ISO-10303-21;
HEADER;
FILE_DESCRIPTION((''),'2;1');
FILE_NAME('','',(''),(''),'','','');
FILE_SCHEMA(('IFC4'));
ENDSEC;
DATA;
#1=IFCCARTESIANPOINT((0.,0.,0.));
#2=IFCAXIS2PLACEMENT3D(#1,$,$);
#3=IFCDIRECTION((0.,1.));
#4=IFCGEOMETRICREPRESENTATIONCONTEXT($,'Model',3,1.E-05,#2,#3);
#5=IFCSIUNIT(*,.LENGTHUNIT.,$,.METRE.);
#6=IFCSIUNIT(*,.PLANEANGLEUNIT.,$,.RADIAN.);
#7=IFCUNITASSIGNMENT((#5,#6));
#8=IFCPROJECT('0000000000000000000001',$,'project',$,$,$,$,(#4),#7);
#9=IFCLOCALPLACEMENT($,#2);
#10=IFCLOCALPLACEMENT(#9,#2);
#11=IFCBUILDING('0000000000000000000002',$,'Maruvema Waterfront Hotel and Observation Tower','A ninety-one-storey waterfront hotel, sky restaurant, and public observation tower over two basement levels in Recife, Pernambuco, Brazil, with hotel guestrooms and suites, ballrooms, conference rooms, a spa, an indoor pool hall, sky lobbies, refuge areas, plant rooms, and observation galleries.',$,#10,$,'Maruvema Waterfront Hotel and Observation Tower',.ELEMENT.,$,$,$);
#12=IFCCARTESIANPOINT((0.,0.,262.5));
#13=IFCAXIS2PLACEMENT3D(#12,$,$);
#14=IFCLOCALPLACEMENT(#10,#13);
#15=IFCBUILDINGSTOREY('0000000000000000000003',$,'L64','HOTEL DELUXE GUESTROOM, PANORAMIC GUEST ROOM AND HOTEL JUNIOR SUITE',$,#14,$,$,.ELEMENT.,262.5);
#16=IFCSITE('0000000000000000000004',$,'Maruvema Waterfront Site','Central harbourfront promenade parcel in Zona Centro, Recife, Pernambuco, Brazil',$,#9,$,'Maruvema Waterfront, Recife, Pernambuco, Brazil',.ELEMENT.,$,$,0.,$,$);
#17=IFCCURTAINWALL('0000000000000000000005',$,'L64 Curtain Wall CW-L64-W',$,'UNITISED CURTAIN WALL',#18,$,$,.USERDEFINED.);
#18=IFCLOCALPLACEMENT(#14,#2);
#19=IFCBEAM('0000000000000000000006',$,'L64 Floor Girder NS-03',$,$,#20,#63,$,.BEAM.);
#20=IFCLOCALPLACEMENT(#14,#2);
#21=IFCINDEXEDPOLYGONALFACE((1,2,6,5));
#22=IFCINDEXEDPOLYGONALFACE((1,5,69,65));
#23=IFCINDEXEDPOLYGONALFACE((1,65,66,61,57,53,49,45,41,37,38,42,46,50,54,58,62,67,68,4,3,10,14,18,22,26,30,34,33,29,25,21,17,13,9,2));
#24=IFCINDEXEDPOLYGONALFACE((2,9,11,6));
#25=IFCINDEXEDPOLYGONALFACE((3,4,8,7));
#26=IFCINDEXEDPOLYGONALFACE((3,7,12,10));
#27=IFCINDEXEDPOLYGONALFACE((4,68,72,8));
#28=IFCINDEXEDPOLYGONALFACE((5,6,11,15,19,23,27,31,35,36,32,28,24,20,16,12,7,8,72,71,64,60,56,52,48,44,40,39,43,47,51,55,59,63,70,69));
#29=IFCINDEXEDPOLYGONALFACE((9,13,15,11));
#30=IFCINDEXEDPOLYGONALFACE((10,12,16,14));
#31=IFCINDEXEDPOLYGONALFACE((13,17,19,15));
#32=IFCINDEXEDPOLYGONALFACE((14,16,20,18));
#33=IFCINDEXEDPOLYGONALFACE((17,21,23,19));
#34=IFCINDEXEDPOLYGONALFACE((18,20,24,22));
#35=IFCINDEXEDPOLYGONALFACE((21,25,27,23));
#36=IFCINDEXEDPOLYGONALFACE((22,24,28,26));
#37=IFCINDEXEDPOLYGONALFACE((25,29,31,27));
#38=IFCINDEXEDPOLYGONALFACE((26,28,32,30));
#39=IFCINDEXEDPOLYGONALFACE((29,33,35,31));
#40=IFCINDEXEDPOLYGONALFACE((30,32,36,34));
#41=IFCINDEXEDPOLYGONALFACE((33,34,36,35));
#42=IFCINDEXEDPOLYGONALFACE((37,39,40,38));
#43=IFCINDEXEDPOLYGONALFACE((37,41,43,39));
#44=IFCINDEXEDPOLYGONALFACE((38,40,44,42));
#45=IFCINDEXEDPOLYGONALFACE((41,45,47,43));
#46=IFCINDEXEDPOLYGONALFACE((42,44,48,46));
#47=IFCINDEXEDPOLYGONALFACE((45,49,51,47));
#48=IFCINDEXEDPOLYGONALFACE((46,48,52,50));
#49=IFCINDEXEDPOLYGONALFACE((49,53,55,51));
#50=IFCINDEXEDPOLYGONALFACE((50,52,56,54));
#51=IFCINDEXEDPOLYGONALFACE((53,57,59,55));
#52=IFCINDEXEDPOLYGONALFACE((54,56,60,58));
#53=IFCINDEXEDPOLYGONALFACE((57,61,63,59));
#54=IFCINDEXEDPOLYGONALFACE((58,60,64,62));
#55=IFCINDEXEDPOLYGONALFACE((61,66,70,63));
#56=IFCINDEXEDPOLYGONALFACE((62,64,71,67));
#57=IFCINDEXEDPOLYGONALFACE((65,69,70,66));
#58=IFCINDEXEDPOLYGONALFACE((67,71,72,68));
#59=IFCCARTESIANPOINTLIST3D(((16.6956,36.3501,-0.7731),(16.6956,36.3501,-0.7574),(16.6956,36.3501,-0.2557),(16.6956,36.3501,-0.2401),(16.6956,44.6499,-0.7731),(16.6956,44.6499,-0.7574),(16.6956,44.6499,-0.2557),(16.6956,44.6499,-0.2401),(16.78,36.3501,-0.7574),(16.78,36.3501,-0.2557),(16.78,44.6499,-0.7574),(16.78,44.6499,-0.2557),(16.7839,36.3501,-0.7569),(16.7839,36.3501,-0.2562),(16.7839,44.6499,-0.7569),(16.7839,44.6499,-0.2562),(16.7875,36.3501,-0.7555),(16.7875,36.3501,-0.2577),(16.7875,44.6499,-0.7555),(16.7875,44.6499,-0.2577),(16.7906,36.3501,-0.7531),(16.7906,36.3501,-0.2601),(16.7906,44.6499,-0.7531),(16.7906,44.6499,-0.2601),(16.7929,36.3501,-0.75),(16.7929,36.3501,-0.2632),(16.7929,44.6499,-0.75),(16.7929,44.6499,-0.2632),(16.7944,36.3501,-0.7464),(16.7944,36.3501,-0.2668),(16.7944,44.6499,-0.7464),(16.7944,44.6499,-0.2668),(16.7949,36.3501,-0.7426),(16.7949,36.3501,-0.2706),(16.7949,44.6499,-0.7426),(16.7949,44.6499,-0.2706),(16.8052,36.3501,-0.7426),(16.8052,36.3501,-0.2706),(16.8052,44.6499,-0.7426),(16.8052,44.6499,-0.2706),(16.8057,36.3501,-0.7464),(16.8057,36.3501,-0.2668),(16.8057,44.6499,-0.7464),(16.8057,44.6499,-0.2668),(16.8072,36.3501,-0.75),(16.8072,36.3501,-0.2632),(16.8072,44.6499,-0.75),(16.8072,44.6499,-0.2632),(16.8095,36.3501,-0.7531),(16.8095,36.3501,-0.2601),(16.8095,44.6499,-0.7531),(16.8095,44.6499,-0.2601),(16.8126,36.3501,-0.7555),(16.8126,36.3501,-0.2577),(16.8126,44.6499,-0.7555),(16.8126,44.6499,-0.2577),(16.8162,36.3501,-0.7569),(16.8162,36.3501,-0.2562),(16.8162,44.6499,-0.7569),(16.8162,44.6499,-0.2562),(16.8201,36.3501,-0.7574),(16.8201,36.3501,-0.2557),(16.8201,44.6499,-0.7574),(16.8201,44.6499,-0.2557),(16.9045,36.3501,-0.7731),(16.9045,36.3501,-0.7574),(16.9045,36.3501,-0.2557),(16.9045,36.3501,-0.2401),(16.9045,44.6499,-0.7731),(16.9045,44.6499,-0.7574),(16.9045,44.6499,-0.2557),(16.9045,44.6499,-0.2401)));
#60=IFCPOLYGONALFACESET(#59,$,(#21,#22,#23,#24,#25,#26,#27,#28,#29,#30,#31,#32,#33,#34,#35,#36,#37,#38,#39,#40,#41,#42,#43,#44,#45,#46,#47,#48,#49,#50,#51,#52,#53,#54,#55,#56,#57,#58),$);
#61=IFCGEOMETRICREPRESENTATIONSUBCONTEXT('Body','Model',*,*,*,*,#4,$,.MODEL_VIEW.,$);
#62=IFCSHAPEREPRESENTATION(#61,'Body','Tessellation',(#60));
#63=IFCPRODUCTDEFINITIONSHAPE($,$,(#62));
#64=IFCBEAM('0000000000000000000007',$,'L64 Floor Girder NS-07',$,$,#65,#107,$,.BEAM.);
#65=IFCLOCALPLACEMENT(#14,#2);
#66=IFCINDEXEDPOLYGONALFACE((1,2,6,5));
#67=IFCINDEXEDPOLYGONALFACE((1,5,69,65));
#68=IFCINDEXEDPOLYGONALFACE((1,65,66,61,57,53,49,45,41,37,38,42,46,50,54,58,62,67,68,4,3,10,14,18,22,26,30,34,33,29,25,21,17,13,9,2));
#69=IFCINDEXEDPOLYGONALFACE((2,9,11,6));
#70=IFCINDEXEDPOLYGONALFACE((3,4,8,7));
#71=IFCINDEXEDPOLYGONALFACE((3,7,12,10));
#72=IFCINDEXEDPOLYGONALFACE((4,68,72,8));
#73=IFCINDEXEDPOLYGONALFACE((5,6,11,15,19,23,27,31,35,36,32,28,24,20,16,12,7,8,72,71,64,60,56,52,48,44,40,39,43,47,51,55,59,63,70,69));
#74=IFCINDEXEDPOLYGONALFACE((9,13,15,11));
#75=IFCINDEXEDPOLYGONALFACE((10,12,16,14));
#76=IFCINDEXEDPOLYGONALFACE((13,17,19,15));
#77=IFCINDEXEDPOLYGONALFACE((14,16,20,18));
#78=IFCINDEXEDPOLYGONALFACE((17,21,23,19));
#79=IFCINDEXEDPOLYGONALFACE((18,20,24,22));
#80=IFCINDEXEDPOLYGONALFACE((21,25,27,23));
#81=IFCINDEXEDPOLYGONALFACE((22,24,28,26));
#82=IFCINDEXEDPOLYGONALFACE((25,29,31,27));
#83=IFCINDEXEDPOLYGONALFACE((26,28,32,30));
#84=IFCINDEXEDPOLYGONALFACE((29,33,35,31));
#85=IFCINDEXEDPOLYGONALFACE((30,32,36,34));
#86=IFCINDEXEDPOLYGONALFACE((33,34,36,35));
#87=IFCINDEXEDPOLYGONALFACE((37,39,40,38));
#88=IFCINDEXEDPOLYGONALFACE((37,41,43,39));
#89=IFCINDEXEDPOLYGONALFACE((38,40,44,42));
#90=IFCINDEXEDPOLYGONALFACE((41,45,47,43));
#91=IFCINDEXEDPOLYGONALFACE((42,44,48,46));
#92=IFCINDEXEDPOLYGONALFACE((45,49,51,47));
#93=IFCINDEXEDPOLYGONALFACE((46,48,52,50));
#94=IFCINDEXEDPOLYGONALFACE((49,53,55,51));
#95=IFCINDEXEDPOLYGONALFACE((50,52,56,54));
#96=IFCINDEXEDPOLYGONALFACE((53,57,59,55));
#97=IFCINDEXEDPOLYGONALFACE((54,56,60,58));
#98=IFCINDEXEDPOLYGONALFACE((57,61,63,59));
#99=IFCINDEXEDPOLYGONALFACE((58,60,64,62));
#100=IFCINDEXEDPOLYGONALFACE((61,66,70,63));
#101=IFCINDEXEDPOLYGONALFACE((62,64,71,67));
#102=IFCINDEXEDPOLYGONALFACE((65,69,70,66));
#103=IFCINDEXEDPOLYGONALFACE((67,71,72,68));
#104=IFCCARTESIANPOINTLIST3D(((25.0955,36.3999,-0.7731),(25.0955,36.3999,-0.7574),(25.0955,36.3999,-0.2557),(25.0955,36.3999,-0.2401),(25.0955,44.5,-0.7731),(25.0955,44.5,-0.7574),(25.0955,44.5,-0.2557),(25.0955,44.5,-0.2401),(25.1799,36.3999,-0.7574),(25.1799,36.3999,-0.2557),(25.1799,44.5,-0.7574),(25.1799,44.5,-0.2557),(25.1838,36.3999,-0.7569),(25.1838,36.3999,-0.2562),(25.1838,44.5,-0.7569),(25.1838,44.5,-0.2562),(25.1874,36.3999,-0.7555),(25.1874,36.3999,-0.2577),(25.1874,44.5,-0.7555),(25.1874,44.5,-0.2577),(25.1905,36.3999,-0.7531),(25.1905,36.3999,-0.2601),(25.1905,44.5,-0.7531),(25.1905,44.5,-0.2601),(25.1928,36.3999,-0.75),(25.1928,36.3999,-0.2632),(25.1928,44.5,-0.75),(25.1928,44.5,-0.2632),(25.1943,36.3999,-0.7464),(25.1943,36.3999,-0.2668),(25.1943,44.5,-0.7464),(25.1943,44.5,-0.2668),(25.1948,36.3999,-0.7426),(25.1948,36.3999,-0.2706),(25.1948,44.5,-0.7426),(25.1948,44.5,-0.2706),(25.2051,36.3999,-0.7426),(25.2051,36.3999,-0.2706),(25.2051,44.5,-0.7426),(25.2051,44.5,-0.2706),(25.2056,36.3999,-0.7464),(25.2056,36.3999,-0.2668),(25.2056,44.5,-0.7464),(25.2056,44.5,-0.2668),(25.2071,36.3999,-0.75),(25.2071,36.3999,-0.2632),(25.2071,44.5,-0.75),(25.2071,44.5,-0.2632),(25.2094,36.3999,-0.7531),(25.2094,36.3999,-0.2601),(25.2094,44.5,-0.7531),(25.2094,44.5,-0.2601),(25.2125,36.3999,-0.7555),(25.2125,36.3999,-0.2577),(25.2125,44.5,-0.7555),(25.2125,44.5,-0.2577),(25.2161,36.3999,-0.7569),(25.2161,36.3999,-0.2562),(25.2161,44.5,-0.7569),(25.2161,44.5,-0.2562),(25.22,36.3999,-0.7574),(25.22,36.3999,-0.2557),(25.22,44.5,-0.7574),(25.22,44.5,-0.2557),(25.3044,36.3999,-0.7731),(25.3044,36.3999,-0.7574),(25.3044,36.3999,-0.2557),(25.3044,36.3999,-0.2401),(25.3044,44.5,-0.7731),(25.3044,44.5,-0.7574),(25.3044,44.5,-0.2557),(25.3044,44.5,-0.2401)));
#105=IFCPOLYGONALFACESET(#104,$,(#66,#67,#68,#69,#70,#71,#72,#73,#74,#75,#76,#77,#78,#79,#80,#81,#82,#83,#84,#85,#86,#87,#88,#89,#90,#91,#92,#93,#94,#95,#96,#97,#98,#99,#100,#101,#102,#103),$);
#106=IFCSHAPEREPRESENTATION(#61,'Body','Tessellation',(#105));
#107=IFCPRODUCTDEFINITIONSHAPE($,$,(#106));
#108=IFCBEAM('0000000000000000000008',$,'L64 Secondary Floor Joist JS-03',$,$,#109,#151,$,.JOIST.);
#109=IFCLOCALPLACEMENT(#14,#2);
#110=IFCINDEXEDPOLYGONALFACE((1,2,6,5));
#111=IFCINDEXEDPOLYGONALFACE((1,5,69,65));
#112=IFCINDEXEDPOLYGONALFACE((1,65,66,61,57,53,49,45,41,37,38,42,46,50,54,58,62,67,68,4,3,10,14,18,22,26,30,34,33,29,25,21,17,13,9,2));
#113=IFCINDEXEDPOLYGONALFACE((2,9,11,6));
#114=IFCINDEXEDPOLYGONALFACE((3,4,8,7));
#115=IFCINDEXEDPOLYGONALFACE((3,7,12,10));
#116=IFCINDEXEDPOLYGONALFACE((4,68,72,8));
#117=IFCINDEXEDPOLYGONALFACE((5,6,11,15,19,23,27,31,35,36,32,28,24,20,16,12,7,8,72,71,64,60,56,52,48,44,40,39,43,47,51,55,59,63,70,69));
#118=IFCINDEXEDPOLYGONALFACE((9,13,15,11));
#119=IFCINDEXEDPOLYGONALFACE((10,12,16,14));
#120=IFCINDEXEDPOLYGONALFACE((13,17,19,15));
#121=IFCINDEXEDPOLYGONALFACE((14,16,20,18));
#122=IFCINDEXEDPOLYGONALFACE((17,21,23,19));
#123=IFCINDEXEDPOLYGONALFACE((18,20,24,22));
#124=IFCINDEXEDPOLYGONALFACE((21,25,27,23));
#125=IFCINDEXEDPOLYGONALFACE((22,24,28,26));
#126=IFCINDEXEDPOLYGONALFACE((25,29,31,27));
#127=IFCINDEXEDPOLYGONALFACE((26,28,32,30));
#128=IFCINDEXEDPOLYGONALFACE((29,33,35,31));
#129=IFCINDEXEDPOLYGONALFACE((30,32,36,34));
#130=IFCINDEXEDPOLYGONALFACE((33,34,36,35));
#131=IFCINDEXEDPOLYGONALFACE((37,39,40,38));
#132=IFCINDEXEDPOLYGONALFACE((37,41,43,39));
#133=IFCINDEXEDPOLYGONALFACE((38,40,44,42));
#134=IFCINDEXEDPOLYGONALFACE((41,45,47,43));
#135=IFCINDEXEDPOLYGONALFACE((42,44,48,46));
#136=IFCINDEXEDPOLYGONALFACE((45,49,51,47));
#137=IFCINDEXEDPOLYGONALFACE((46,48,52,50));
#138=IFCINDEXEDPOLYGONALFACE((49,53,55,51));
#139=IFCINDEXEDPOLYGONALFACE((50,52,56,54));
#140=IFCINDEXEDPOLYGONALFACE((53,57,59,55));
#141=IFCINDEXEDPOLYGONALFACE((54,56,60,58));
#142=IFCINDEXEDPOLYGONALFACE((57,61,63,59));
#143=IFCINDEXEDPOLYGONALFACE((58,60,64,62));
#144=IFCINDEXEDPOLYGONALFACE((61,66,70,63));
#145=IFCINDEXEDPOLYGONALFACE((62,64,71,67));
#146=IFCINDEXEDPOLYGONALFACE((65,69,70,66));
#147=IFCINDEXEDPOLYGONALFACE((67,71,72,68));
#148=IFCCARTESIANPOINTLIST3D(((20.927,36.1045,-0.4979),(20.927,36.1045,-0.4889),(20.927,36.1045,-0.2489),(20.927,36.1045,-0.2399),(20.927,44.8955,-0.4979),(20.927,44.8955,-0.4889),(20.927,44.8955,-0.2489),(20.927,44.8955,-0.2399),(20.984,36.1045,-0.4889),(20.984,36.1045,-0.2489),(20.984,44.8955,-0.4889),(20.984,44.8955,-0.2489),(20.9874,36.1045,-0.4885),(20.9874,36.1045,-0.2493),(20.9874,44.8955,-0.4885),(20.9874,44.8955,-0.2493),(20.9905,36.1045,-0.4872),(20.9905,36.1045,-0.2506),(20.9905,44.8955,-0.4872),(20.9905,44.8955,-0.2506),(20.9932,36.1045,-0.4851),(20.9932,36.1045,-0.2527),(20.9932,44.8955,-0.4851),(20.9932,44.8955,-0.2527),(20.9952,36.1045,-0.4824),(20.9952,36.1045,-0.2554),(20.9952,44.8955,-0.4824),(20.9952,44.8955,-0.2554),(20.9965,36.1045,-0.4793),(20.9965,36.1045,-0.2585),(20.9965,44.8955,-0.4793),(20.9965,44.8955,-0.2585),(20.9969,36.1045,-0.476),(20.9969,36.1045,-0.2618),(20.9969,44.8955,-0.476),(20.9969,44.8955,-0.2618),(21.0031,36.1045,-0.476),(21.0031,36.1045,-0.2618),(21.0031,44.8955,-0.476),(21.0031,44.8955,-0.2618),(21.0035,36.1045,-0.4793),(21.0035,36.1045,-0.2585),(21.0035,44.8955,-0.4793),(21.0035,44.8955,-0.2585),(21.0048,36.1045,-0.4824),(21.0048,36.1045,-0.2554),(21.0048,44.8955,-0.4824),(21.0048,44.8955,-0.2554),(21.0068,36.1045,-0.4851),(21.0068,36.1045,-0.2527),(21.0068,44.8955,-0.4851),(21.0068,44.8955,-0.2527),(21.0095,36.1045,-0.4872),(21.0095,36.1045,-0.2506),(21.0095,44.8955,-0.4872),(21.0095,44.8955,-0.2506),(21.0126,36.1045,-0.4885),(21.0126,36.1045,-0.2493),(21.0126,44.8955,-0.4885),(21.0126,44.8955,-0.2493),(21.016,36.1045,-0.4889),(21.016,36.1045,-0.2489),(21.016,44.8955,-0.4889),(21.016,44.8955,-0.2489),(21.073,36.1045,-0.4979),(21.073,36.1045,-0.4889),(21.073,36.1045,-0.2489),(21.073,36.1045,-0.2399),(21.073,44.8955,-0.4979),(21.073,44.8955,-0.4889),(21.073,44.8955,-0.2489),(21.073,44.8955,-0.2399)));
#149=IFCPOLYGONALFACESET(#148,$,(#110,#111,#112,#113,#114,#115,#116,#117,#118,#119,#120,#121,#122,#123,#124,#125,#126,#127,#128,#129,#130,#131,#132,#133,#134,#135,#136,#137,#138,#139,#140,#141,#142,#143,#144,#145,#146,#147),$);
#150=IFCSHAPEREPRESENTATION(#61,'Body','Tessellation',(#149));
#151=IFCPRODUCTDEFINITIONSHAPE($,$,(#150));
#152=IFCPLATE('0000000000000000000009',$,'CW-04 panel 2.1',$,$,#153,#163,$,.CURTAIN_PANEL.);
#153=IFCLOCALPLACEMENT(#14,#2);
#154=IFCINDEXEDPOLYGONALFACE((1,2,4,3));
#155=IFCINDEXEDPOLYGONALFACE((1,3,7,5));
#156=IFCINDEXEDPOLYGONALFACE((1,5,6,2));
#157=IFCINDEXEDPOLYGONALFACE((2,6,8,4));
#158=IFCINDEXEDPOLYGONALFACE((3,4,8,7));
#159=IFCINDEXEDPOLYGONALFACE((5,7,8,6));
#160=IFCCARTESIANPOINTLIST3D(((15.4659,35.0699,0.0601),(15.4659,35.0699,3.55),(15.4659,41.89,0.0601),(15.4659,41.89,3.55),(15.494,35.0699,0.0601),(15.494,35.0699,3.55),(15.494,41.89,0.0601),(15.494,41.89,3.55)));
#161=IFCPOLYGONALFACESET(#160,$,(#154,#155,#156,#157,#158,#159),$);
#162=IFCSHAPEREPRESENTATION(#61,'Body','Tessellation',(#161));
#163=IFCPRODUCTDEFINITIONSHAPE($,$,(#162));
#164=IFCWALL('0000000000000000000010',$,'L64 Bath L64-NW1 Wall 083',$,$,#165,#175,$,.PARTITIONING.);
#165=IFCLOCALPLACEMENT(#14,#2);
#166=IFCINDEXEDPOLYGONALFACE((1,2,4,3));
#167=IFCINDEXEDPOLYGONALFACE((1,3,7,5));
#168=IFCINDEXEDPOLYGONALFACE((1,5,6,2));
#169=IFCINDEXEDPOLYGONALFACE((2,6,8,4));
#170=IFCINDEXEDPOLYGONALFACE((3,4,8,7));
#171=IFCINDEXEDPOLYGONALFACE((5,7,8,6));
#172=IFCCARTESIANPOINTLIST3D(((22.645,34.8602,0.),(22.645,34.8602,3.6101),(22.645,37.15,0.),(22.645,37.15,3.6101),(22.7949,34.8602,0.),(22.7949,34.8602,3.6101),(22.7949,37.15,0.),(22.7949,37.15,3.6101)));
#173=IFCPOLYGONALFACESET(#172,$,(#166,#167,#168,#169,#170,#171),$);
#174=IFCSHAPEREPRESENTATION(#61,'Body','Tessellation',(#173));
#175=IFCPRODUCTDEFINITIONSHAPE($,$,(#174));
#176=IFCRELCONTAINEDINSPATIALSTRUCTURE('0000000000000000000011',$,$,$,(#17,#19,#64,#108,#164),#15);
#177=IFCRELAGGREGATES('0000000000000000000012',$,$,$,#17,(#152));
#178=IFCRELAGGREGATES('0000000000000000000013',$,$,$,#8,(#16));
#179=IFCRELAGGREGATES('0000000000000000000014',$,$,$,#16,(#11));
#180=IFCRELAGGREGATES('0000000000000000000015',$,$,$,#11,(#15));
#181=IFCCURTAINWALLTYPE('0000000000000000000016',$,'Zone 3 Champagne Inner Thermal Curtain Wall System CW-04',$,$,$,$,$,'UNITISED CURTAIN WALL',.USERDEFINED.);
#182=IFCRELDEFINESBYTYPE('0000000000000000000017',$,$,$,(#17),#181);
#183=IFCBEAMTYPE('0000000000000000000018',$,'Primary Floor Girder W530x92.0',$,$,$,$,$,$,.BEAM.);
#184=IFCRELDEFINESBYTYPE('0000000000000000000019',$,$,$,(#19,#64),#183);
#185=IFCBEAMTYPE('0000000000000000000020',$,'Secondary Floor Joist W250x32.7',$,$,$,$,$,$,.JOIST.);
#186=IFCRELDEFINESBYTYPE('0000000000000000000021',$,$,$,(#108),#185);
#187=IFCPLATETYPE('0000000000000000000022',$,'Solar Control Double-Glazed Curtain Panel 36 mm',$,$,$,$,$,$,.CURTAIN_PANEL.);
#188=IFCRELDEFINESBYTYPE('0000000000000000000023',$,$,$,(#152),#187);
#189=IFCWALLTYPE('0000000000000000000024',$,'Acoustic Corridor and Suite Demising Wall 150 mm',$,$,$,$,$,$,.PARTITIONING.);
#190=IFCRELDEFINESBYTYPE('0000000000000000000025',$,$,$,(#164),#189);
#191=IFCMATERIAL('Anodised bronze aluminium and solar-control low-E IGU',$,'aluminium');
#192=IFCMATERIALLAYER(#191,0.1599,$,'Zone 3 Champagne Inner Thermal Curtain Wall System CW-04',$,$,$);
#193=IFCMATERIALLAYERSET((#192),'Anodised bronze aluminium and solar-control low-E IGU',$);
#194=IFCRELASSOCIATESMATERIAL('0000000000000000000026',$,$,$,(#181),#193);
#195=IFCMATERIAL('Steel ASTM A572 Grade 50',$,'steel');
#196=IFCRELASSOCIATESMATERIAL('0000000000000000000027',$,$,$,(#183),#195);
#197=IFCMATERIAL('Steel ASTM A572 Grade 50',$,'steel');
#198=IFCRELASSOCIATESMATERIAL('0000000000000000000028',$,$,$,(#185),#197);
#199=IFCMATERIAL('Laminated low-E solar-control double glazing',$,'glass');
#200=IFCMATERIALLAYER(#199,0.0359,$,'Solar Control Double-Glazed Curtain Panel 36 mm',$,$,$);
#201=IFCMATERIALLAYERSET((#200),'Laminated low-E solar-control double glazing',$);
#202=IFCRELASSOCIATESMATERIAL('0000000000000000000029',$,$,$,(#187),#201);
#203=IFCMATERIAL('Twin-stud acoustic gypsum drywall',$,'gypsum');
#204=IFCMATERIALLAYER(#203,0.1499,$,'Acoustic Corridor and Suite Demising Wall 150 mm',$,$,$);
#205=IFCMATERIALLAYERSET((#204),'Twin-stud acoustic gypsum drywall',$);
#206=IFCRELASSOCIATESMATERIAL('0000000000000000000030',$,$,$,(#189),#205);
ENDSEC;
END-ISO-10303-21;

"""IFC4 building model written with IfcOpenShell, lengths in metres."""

from ifc_helpers import new_model, si_unit, direction, frame, frame_2d, origin, origin_2d, place, context, subcontext, project, spatial, rectangle, i_section, extrude, material, layer, layer_set, material_profile, profile_set, type_object, element, aggregate, save


model = new_model("IFC4")

# Units and contexts
model_context = context("Model", 3, precision=1e-05, world=origin(), true_north=direction((0.0, 1.0)))
body_context = subcontext(model_context, "Body", "Model", "MODEL_VIEW")
ifc_project = project(units=[si_unit("LENGTHUNIT", "METRE"), si_unit("PLANEANGLEUNIT", "RADIAN")], contexts=[model_context])

# Site, building, storey
site_placement = place(None, origin())
site = spatial("IfcSite", under=ifc_project, at=site_placement, Name="Maruvema Waterfront Site", Description="Central harbourfront promenade parcel in Zona Centro, Recife, Pernambuco, Brazil", LongName="Maruvema Waterfront, Recife, Pernambuco, Brazil", CompositionType="ELEMENT", RefElevation=0.0)
building_placement = place(site_placement, origin())
building = spatial("IfcBuilding", under=site, at=building_placement, Name="Maruvema Waterfront Hotel and Observation Tower", Description="A ninety-one-storey waterfront hotel, sky restaurant, and public observation tower over two basement levels in Recife, Pernambuco, Brazil, with hotel guestrooms and suites, ballrooms, conference rooms, a spa, an indoor pool hall, sky lobbies, refuge areas, plant rooms, and observation galleries.", LongName="Maruvema Waterfront Hotel and Observation Tower", CompositionType="ELEMENT")
storey_placement = place(building_placement, frame((0.0, 0.0, 262.5)))
storey = spatial("IfcBuildingStorey", under=building, at=storey_placement, Name="L64", Description="HOTEL DELUXE GUESTROOM, PANORAMIC GUEST ROOM AND HOTEL JUNIOR SUITE", CompositionType="ELEMENT", Elevation=262.5)

# Curtain wall
ifc_material_1 = material(Name="Anodised bronze aluminium and solar-control low-E IGU", Category="aluminium")
ifc_layer_1 = layer(ifc_material_1, 0.1599, Name="Zone 3 Champagne Inner Thermal Curtain Wall System CW-04")
ifc_layer_set_1 = layer_set([ifc_layer_1], Name="Anodised bronze aluminium and solar-control low-E IGU")
curtain_wall_type = type_object("IfcCurtainWallType", Name="Zone 3 Champagne Inner Thermal Curtain Wall System CW-04", ElementType="UNITISED CURTAIN WALL", PredefinedType="USERDEFINED", material=ifc_layer_set_1)
curtain_wall_placement = place(storey_placement, origin())
curtain_wall = element("IfcCurtainWall", 1, at=curtain_wall_placement, inside=storey, type_object=curtain_wall_type, Name="L64 Curtain Wall CW-L64-W", ObjectType="UNITISED CURTAIN WALL", PredefinedType="USERDEFINED")

# Beams
ifc_material_2 = material(Name="Steel ASTM A572 Grade 50", Category="steel")
ifc_material_profile_1 = material_profile(ifc_material_2, i_section(OverallWidth=0.209, OverallDepth=0.533, WebThickness=0.0103, FlangeThickness=0.0156, FilletRadius=0.0149, at=origin_2d()), Name="W530x92.0")
ifc_profile_set_1 = profile_set([ifc_material_profile_1], Name="Steel ASTM A572 Grade 50")
beam_type_1 = type_object("IfcBeamType", Name="Primary Floor Girder W530x92.0", PredefinedType="BEAM", material=ifc_profile_set_1)
beam_1_placement = place(storey_placement, frame((16.8, 36.3501, -0.5066), z_axis=(0.0, 1.0, 0.0), x_axis=(-1.0, 0.0, 0.0)))
element("IfcBeam", 2, at=beam_1_placement, inside=storey, type_object=beam_type_1, Name="L64 Floor Girder NS-03", PredefinedType="BEAM", context=body_context, shape_type="SweptSolid", body=[
    extrude(i_section(OverallWidth=0.209, OverallDepth=0.533, WebThickness=0.0103, FlangeThickness=0.0156, FilletRadius=0.0149, at=origin_2d()), origin(), (0.0, 0.0, 1.0), 8.2998),
])
beam_2_placement = place(storey_placement, frame((25.2, 36.3999, -0.5066), z_axis=(0.0, 1.0, 0.0), x_axis=(-1.0, 0.0, 0.0)))
element("IfcBeam", 3, at=beam_2_placement, inside=storey, type_object=beam_type_1, Name="L64 Floor Girder NS-07", PredefinedType="BEAM", context=body_context, shape_type="SweptSolid", body=[
    extrude(i_section(OverallWidth=0.209, OverallDepth=0.533, WebThickness=0.0103, FlangeThickness=0.0156, FilletRadius=0.0149, at=origin_2d()), origin(), (0.0, 0.0, 1.0), 8.1001),
])
ifc_material_3 = material(Name="Steel ASTM A572 Grade 50", Category="steel")
ifc_material_profile_2 = material_profile(ifc_material_3, i_section(OverallWidth=0.146, OverallDepth=0.2581, WebThickness=0.0061, FlangeThickness=0.009, FilletRadius=0.0129, at=origin_2d()), Name="W250x32.7")
ifc_profile_set_2 = profile_set([ifc_material_profile_2], Name="Steel ASTM A572 Grade 50")
beam_type_2 = type_object("IfcBeamType", Name="Secondary Floor Joist W250x32.7", PredefinedType="JOIST", material=ifc_profile_set_2)
beam_3_placement = place(storey_placement, frame((21.0, 36.1045, -0.3689), z_axis=(0.0, 1.0, 0.0), x_axis=(-1.0, 0.0, 0.0)))
element("IfcBeam", 4, at=beam_3_placement, inside=storey, type_object=beam_type_2, Name="L64 Secondary Floor Joist JS-03", PredefinedType="JOIST", context=body_context, shape_type="SweptSolid", body=[
    extrude(i_section(OverallWidth=0.146, OverallDepth=0.2581, WebThickness=0.0061, FlangeThickness=0.009, FilletRadius=0.0129, at=origin_2d()), origin(), (0.0, 0.0, 1.0), 8.791),
])

# Plate
ifc_material_4 = material(Name="Laminated low-E solar-control double glazing", Category="glass")
ifc_layer_2 = layer(ifc_material_4, 0.0359, Name="Solar Control Double-Glazed Curtain Panel 36 mm")
ifc_layer_set_2 = layer_set([ifc_layer_2], Name="Laminated low-E solar-control double glazing")
plate_type = type_object("IfcPlateType", Name="Solar Control Double-Glazed Curtain Panel 36 mm", PredefinedType="CURTAIN_PANEL", material=ifc_layer_set_2)
plate_placement = place(storey_placement, frame((15.48, 38.48, 0.0601), z_axis=(0.0, 0.0, 1.0), x_axis=(0.0, -1.0, 0.0)))
plate = element("IfcPlate", 5, at=plate_placement, type_object=plate_type, Name="CW-04 panel 2.1", PredefinedType="CURTAIN_PANEL", context=body_context, shape_type="SweptSolid", body=[
    extrude(rectangle(XDim=6.8201, YDim=0.0281, at=origin_2d()), origin(), (0.0, 0.0, 1.0), 3.49),
])
aggregate(curtain_wall, [plate])

# Wall
ifc_material_5 = material(Name="Twin-stud acoustic gypsum drywall", Category="gypsum")
ifc_layer_3 = layer(ifc_material_5, 0.1499, Name="Acoustic Corridor and Suite Demising Wall 150 mm")
ifc_layer_set_3 = layer_set([ifc_layer_3], Name="Twin-stud acoustic gypsum drywall")
wall_type_1 = type_object("IfcWallType", Name="Acoustic Corridor and Suite Demising Wall 150 mm", PredefinedType="PARTITIONING", material=ifc_layer_set_3)
wall_1_placement = place(storey_placement, frame((22.72, 34.8601, 0.0), z_axis=(0.0, 0.0, 1.0), x_axis=(0.0, 1.0, 0.0)))
element("IfcWall", 6, at=wall_1_placement, inside=storey, type_object=wall_type_1, Name="L64 Bath L64-NW1 Wall 083", PredefinedType="PARTITIONING", context=body_context, shape_type="SweptSolid", body=[
    extrude(rectangle(XDim=2.2898, YDim=0.1499, at=frame_2d((1.145, 0.0))), origin(), (0.0, 0.0, 1.0), 3.6101),
])

save(model, "model.ifc")
